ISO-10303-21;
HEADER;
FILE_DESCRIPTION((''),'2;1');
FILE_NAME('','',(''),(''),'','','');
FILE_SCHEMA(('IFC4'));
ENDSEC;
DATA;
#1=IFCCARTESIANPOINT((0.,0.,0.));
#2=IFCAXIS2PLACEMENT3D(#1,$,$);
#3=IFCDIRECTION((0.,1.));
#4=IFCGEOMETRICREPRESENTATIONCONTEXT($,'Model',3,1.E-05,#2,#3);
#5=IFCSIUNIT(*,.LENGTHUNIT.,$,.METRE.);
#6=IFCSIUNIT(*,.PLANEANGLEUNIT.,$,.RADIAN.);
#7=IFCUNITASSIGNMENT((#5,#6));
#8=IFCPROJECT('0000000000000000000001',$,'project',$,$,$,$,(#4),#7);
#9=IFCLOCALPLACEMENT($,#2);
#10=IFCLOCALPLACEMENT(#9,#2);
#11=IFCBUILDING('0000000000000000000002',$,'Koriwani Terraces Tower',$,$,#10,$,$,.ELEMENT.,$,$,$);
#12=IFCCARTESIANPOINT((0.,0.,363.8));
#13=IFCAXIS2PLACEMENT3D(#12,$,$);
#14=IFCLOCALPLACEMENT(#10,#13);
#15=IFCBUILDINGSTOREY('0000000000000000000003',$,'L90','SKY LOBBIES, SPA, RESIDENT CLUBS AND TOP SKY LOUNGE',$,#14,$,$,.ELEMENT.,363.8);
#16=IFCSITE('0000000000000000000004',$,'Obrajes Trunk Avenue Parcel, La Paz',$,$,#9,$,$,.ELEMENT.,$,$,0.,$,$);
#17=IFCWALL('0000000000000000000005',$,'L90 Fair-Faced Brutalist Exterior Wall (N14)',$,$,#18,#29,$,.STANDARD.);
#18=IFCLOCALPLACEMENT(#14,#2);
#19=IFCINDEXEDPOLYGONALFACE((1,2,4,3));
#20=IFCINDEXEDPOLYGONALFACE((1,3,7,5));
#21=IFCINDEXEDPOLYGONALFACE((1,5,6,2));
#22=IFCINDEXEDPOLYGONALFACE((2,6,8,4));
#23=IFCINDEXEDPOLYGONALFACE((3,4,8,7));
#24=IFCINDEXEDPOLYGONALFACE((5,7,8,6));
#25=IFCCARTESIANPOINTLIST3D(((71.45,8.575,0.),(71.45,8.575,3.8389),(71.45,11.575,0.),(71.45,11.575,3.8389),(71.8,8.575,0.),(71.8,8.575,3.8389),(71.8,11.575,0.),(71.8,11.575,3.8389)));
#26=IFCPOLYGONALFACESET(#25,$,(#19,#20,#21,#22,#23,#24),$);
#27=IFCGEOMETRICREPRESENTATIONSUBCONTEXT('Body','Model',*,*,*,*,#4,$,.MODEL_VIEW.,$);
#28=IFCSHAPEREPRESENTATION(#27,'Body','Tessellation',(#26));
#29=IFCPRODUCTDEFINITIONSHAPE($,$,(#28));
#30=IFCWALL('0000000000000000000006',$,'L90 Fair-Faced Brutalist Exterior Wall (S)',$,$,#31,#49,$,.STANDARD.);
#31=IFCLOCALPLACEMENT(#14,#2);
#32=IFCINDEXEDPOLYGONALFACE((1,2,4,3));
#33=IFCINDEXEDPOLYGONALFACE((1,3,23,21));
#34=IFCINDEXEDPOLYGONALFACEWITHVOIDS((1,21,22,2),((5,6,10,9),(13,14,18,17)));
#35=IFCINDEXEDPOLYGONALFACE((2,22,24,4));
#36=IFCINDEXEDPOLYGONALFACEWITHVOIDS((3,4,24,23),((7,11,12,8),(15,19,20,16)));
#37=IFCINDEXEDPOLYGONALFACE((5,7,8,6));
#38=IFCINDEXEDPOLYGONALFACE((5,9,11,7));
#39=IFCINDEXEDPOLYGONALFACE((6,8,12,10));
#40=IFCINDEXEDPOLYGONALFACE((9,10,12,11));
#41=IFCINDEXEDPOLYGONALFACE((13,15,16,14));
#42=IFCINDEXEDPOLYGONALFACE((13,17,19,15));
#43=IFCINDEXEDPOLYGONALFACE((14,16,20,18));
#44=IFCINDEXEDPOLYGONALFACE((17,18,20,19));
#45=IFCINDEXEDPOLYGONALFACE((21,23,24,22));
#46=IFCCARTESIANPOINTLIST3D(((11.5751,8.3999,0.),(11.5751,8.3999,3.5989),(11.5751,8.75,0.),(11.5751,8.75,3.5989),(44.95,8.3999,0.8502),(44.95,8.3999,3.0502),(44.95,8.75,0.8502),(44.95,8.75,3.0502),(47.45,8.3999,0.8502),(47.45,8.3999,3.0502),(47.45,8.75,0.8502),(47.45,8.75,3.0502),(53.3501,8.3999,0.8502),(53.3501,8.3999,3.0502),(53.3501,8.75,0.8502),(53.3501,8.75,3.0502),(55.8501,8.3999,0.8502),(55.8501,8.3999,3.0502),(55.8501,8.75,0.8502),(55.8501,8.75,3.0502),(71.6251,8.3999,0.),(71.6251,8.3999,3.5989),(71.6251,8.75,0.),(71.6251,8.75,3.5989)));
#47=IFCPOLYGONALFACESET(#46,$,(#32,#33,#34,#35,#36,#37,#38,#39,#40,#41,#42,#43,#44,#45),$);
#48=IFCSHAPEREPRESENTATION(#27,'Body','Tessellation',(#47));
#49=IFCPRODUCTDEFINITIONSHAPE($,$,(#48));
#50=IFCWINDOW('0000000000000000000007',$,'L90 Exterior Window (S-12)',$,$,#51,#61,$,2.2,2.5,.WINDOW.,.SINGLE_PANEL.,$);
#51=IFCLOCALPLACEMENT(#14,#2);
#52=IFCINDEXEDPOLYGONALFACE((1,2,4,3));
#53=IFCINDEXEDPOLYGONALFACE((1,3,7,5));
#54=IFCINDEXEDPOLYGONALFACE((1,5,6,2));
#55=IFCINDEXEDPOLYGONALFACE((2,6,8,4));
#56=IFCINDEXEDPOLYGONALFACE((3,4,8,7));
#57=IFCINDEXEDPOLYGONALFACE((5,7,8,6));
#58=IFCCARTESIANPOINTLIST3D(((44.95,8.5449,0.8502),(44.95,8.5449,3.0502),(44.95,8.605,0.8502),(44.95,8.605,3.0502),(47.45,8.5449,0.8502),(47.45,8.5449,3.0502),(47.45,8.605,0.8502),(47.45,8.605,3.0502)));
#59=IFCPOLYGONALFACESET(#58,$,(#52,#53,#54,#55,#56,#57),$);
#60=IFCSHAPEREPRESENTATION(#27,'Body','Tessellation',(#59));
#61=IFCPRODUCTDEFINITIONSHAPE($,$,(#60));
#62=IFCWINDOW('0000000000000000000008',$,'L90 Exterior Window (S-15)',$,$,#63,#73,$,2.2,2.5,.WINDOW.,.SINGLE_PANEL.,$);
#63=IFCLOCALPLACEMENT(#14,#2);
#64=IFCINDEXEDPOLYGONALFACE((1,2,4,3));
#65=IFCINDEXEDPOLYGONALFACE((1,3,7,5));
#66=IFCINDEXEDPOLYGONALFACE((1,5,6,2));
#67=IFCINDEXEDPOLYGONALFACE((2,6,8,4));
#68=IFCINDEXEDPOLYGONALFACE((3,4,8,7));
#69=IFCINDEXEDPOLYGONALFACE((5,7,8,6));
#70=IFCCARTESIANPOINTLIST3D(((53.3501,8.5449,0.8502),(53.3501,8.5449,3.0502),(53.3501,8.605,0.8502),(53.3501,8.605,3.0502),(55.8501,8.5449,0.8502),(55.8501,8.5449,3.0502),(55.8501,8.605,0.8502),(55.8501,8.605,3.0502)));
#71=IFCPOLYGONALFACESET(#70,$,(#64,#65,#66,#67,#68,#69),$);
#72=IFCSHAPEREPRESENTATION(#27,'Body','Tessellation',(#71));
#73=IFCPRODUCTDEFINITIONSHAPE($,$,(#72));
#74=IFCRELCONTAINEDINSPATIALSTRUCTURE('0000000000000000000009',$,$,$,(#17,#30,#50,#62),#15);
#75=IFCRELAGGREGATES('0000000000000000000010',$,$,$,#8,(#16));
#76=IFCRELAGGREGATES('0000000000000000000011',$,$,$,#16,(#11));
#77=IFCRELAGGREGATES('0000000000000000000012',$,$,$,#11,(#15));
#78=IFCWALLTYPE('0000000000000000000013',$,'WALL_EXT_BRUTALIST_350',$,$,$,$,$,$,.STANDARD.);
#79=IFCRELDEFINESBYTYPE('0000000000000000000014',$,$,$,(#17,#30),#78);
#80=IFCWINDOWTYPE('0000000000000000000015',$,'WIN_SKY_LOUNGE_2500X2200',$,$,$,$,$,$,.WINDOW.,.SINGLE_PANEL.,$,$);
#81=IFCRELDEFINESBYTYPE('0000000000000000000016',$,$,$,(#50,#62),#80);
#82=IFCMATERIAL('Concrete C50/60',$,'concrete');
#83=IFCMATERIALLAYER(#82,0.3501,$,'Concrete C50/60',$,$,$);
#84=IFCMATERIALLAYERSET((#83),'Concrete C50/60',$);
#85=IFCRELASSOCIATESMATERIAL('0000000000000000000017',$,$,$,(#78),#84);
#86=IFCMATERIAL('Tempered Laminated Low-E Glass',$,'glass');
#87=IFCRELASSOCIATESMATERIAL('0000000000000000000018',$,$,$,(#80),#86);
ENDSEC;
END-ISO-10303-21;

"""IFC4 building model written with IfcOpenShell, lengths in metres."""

from ifc_helpers import new_model, si_unit, direction, frame, frame_2d, origin, place, context, subcontext, project, spatial, rectangle, extrude, material, layer, layer_set, type_object, element, fill, save


model = new_model("IFC4")

# Units and contexts
model_context = context("Model", 3, precision=1e-05, world=origin(), true_north=direction((0.0, 1.0)))
body_context = subcontext(model_context, "Body", "Model", "MODEL_VIEW")
ifc_project = project(units=[si_unit("LENGTHUNIT", "METRE"), si_unit("PLANEANGLEUNIT", "RADIAN")], contexts=[model_context])

# Site, building, storey
site_placement = place(None, origin())
site = spatial("IfcSite", under=ifc_project, at=site_placement, Name="Obrajes Trunk Avenue Parcel, La Paz", CompositionType="ELEMENT", RefElevation=0.0)
building_placement = place(site_placement, origin())
building = spatial("IfcBuilding", under=site, at=building_placement, Name="Koriwani Terraces Tower", CompositionType="ELEMENT")
storey_placement = place(building_placement, frame((0.0, 0.0, 363.8)))
storey = spatial("IfcBuildingStorey", under=building, at=storey_placement, Name="L90", Description="SKY LOBBIES, SPA, RESIDENT CLUBS AND TOP SKY LOUNGE", CompositionType="ELEMENT", Elevation=363.8)

# Shared definitions
ifc_material_1 = material(Name="Concrete C50/60", Category="concrete")

# Wall
ifc_layer_1 = layer(ifc_material_1, 0.3501, Name="Concrete C50/60")
ifc_layer_set_1 = layer_set([ifc_layer_1], Name="Concrete C50/60")
wall_type_1 = type_object("IfcWallType", Name="WALL_EXT_BRUTALIST_350", PredefinedType="STANDARD", material=ifc_layer_set_1)
wall_1_placement = place(storey_placement, frame((71.625, 11.575, 0.0), z_axis=(0.0, 0.0, 1.0), x_axis=(0.0, -1.0, 0.0)))
element("IfcWall", 1, at=wall_1_placement, inside=storey, type_object=wall_type_1, Name="L90 Fair-Faced Brutalist Exterior Wall (N14)", PredefinedType="STANDARD", context=body_context, shape_type="SweptSolid", body=[
    extrude(rectangle(XDim=3.0, YDim=0.3501, at=frame_2d((1.5, 0.0))), origin(), (0.0, 0.0, 1.0), 3.8389),
])

# Wall, openings, windows
wall_2_placement = place(storey_placement, frame((71.625, 8.575, 0.0), z_axis=(0.0, 0.0, 1.0), x_axis=(-1.0, 0.0, 0.0)))
wall_2 = element("IfcWall", 2, at=wall_2_placement, inside=storey, type_object=wall_type_1, Name="L90 Fair-Faced Brutalist Exterior Wall (S)", PredefinedType="STANDARD", context=body_context, shape_type="SweptSolid", body=[
    extrude(rectangle(XDim=60.05, YDim=0.3501, at=frame_2d((30.0249, 0.0))), origin(), (0.0, 0.0, 1.0), 3.5989),
])
opening_1_placement = place(wall_2_placement, frame((24.175, 0.0, 0.8501)))
opening_1 = element("IfcOpeningElement", 3, at=opening_1_placement, cuts=wall_2, PredefinedType="OPENING", context=body_context, shape_type="SweptSolid", body=[
    extrude(rectangle(XDim=2.5, YDim=2.2, at=frame_2d((1.25, 1.1001))), frame((0.0, 0.1851, 0.0), z_axis=(0.0, -1.0, 0.0), x_axis=(1.0, 0.0, 0.0)), (0.0, 0.0, 1.0), 0.3701),
])
opening_2_placement = place(wall_2_placement, frame((15.7749, 0.0, 0.8501)))
opening_2 = element("IfcOpeningElement", 4, at=opening_2_placement, cuts=wall_2, PredefinedType="OPENING", context=body_context, shape_type="SweptSolid", body=[
    extrude(rectangle(XDim=2.5, YDim=2.2, at=frame_2d((1.25, 1.1001))), frame((0.0, 0.1851, 0.0), z_axis=(0.0, -1.0, 0.0), x_axis=(1.0, 0.0, 0.0)), (0.0, 0.0, 1.0), 0.3701),
])
ifc_material_2 = material(Name="Tempered Laminated Low-E Glass", Category="glass")
window_type = type_object("IfcWindowType", Name="WIN_SKY_LOUNGE_2500X2200", PartitioningType="SINGLE_PANEL", PredefinedType="WINDOW", material=ifc_material_2)
window_1_placement = place(opening_1_placement, origin())
window_1 = element("IfcWindow", 5, at=window_1_placement, inside=storey, type_object=window_type, Name="L90 Exterior Window (S-12)", OverallHeight=2.2, OverallWidth=2.5, PartitioningType="SINGLE_PANEL", PredefinedType="WINDOW", context=body_context, shape_type="SweptSolid", body=[
    extrude(rectangle(XDim=2.5, YDim=2.2, at=frame_2d((1.25, 1.1001))), frame((0.0, 0.03, 0.0), z_axis=(0.0, -1.0, 0.0), x_axis=(1.0, 0.0, 0.0)), (0.0, 0.0, 1.0), 0.0601),
])
fill(opening_1, window_1)
window_2_placement = place(opening_2_placement, origin())
window_2 = element("IfcWindow", 6, at=window_2_placement, inside=storey, type_object=window_type, Name="L90 Exterior Window (S-15)", OverallHeight=2.2, OverallWidth=2.5, PartitioningType="SINGLE_PANEL", PredefinedType="WINDOW", context=body_context, shape_type="SweptSolid", body=[
    extrude(rectangle(XDim=2.5, YDim=2.2, at=frame_2d((1.25, 1.1001))), frame((0.0, 0.03, 0.0), z_axis=(0.0, -1.0, 0.0), x_axis=(1.0, 0.0, 0.0)), (0.0, 0.0, 1.0), 0.0601),
])
fill(opening_2, window_2)

save(model, "model.ifc")
